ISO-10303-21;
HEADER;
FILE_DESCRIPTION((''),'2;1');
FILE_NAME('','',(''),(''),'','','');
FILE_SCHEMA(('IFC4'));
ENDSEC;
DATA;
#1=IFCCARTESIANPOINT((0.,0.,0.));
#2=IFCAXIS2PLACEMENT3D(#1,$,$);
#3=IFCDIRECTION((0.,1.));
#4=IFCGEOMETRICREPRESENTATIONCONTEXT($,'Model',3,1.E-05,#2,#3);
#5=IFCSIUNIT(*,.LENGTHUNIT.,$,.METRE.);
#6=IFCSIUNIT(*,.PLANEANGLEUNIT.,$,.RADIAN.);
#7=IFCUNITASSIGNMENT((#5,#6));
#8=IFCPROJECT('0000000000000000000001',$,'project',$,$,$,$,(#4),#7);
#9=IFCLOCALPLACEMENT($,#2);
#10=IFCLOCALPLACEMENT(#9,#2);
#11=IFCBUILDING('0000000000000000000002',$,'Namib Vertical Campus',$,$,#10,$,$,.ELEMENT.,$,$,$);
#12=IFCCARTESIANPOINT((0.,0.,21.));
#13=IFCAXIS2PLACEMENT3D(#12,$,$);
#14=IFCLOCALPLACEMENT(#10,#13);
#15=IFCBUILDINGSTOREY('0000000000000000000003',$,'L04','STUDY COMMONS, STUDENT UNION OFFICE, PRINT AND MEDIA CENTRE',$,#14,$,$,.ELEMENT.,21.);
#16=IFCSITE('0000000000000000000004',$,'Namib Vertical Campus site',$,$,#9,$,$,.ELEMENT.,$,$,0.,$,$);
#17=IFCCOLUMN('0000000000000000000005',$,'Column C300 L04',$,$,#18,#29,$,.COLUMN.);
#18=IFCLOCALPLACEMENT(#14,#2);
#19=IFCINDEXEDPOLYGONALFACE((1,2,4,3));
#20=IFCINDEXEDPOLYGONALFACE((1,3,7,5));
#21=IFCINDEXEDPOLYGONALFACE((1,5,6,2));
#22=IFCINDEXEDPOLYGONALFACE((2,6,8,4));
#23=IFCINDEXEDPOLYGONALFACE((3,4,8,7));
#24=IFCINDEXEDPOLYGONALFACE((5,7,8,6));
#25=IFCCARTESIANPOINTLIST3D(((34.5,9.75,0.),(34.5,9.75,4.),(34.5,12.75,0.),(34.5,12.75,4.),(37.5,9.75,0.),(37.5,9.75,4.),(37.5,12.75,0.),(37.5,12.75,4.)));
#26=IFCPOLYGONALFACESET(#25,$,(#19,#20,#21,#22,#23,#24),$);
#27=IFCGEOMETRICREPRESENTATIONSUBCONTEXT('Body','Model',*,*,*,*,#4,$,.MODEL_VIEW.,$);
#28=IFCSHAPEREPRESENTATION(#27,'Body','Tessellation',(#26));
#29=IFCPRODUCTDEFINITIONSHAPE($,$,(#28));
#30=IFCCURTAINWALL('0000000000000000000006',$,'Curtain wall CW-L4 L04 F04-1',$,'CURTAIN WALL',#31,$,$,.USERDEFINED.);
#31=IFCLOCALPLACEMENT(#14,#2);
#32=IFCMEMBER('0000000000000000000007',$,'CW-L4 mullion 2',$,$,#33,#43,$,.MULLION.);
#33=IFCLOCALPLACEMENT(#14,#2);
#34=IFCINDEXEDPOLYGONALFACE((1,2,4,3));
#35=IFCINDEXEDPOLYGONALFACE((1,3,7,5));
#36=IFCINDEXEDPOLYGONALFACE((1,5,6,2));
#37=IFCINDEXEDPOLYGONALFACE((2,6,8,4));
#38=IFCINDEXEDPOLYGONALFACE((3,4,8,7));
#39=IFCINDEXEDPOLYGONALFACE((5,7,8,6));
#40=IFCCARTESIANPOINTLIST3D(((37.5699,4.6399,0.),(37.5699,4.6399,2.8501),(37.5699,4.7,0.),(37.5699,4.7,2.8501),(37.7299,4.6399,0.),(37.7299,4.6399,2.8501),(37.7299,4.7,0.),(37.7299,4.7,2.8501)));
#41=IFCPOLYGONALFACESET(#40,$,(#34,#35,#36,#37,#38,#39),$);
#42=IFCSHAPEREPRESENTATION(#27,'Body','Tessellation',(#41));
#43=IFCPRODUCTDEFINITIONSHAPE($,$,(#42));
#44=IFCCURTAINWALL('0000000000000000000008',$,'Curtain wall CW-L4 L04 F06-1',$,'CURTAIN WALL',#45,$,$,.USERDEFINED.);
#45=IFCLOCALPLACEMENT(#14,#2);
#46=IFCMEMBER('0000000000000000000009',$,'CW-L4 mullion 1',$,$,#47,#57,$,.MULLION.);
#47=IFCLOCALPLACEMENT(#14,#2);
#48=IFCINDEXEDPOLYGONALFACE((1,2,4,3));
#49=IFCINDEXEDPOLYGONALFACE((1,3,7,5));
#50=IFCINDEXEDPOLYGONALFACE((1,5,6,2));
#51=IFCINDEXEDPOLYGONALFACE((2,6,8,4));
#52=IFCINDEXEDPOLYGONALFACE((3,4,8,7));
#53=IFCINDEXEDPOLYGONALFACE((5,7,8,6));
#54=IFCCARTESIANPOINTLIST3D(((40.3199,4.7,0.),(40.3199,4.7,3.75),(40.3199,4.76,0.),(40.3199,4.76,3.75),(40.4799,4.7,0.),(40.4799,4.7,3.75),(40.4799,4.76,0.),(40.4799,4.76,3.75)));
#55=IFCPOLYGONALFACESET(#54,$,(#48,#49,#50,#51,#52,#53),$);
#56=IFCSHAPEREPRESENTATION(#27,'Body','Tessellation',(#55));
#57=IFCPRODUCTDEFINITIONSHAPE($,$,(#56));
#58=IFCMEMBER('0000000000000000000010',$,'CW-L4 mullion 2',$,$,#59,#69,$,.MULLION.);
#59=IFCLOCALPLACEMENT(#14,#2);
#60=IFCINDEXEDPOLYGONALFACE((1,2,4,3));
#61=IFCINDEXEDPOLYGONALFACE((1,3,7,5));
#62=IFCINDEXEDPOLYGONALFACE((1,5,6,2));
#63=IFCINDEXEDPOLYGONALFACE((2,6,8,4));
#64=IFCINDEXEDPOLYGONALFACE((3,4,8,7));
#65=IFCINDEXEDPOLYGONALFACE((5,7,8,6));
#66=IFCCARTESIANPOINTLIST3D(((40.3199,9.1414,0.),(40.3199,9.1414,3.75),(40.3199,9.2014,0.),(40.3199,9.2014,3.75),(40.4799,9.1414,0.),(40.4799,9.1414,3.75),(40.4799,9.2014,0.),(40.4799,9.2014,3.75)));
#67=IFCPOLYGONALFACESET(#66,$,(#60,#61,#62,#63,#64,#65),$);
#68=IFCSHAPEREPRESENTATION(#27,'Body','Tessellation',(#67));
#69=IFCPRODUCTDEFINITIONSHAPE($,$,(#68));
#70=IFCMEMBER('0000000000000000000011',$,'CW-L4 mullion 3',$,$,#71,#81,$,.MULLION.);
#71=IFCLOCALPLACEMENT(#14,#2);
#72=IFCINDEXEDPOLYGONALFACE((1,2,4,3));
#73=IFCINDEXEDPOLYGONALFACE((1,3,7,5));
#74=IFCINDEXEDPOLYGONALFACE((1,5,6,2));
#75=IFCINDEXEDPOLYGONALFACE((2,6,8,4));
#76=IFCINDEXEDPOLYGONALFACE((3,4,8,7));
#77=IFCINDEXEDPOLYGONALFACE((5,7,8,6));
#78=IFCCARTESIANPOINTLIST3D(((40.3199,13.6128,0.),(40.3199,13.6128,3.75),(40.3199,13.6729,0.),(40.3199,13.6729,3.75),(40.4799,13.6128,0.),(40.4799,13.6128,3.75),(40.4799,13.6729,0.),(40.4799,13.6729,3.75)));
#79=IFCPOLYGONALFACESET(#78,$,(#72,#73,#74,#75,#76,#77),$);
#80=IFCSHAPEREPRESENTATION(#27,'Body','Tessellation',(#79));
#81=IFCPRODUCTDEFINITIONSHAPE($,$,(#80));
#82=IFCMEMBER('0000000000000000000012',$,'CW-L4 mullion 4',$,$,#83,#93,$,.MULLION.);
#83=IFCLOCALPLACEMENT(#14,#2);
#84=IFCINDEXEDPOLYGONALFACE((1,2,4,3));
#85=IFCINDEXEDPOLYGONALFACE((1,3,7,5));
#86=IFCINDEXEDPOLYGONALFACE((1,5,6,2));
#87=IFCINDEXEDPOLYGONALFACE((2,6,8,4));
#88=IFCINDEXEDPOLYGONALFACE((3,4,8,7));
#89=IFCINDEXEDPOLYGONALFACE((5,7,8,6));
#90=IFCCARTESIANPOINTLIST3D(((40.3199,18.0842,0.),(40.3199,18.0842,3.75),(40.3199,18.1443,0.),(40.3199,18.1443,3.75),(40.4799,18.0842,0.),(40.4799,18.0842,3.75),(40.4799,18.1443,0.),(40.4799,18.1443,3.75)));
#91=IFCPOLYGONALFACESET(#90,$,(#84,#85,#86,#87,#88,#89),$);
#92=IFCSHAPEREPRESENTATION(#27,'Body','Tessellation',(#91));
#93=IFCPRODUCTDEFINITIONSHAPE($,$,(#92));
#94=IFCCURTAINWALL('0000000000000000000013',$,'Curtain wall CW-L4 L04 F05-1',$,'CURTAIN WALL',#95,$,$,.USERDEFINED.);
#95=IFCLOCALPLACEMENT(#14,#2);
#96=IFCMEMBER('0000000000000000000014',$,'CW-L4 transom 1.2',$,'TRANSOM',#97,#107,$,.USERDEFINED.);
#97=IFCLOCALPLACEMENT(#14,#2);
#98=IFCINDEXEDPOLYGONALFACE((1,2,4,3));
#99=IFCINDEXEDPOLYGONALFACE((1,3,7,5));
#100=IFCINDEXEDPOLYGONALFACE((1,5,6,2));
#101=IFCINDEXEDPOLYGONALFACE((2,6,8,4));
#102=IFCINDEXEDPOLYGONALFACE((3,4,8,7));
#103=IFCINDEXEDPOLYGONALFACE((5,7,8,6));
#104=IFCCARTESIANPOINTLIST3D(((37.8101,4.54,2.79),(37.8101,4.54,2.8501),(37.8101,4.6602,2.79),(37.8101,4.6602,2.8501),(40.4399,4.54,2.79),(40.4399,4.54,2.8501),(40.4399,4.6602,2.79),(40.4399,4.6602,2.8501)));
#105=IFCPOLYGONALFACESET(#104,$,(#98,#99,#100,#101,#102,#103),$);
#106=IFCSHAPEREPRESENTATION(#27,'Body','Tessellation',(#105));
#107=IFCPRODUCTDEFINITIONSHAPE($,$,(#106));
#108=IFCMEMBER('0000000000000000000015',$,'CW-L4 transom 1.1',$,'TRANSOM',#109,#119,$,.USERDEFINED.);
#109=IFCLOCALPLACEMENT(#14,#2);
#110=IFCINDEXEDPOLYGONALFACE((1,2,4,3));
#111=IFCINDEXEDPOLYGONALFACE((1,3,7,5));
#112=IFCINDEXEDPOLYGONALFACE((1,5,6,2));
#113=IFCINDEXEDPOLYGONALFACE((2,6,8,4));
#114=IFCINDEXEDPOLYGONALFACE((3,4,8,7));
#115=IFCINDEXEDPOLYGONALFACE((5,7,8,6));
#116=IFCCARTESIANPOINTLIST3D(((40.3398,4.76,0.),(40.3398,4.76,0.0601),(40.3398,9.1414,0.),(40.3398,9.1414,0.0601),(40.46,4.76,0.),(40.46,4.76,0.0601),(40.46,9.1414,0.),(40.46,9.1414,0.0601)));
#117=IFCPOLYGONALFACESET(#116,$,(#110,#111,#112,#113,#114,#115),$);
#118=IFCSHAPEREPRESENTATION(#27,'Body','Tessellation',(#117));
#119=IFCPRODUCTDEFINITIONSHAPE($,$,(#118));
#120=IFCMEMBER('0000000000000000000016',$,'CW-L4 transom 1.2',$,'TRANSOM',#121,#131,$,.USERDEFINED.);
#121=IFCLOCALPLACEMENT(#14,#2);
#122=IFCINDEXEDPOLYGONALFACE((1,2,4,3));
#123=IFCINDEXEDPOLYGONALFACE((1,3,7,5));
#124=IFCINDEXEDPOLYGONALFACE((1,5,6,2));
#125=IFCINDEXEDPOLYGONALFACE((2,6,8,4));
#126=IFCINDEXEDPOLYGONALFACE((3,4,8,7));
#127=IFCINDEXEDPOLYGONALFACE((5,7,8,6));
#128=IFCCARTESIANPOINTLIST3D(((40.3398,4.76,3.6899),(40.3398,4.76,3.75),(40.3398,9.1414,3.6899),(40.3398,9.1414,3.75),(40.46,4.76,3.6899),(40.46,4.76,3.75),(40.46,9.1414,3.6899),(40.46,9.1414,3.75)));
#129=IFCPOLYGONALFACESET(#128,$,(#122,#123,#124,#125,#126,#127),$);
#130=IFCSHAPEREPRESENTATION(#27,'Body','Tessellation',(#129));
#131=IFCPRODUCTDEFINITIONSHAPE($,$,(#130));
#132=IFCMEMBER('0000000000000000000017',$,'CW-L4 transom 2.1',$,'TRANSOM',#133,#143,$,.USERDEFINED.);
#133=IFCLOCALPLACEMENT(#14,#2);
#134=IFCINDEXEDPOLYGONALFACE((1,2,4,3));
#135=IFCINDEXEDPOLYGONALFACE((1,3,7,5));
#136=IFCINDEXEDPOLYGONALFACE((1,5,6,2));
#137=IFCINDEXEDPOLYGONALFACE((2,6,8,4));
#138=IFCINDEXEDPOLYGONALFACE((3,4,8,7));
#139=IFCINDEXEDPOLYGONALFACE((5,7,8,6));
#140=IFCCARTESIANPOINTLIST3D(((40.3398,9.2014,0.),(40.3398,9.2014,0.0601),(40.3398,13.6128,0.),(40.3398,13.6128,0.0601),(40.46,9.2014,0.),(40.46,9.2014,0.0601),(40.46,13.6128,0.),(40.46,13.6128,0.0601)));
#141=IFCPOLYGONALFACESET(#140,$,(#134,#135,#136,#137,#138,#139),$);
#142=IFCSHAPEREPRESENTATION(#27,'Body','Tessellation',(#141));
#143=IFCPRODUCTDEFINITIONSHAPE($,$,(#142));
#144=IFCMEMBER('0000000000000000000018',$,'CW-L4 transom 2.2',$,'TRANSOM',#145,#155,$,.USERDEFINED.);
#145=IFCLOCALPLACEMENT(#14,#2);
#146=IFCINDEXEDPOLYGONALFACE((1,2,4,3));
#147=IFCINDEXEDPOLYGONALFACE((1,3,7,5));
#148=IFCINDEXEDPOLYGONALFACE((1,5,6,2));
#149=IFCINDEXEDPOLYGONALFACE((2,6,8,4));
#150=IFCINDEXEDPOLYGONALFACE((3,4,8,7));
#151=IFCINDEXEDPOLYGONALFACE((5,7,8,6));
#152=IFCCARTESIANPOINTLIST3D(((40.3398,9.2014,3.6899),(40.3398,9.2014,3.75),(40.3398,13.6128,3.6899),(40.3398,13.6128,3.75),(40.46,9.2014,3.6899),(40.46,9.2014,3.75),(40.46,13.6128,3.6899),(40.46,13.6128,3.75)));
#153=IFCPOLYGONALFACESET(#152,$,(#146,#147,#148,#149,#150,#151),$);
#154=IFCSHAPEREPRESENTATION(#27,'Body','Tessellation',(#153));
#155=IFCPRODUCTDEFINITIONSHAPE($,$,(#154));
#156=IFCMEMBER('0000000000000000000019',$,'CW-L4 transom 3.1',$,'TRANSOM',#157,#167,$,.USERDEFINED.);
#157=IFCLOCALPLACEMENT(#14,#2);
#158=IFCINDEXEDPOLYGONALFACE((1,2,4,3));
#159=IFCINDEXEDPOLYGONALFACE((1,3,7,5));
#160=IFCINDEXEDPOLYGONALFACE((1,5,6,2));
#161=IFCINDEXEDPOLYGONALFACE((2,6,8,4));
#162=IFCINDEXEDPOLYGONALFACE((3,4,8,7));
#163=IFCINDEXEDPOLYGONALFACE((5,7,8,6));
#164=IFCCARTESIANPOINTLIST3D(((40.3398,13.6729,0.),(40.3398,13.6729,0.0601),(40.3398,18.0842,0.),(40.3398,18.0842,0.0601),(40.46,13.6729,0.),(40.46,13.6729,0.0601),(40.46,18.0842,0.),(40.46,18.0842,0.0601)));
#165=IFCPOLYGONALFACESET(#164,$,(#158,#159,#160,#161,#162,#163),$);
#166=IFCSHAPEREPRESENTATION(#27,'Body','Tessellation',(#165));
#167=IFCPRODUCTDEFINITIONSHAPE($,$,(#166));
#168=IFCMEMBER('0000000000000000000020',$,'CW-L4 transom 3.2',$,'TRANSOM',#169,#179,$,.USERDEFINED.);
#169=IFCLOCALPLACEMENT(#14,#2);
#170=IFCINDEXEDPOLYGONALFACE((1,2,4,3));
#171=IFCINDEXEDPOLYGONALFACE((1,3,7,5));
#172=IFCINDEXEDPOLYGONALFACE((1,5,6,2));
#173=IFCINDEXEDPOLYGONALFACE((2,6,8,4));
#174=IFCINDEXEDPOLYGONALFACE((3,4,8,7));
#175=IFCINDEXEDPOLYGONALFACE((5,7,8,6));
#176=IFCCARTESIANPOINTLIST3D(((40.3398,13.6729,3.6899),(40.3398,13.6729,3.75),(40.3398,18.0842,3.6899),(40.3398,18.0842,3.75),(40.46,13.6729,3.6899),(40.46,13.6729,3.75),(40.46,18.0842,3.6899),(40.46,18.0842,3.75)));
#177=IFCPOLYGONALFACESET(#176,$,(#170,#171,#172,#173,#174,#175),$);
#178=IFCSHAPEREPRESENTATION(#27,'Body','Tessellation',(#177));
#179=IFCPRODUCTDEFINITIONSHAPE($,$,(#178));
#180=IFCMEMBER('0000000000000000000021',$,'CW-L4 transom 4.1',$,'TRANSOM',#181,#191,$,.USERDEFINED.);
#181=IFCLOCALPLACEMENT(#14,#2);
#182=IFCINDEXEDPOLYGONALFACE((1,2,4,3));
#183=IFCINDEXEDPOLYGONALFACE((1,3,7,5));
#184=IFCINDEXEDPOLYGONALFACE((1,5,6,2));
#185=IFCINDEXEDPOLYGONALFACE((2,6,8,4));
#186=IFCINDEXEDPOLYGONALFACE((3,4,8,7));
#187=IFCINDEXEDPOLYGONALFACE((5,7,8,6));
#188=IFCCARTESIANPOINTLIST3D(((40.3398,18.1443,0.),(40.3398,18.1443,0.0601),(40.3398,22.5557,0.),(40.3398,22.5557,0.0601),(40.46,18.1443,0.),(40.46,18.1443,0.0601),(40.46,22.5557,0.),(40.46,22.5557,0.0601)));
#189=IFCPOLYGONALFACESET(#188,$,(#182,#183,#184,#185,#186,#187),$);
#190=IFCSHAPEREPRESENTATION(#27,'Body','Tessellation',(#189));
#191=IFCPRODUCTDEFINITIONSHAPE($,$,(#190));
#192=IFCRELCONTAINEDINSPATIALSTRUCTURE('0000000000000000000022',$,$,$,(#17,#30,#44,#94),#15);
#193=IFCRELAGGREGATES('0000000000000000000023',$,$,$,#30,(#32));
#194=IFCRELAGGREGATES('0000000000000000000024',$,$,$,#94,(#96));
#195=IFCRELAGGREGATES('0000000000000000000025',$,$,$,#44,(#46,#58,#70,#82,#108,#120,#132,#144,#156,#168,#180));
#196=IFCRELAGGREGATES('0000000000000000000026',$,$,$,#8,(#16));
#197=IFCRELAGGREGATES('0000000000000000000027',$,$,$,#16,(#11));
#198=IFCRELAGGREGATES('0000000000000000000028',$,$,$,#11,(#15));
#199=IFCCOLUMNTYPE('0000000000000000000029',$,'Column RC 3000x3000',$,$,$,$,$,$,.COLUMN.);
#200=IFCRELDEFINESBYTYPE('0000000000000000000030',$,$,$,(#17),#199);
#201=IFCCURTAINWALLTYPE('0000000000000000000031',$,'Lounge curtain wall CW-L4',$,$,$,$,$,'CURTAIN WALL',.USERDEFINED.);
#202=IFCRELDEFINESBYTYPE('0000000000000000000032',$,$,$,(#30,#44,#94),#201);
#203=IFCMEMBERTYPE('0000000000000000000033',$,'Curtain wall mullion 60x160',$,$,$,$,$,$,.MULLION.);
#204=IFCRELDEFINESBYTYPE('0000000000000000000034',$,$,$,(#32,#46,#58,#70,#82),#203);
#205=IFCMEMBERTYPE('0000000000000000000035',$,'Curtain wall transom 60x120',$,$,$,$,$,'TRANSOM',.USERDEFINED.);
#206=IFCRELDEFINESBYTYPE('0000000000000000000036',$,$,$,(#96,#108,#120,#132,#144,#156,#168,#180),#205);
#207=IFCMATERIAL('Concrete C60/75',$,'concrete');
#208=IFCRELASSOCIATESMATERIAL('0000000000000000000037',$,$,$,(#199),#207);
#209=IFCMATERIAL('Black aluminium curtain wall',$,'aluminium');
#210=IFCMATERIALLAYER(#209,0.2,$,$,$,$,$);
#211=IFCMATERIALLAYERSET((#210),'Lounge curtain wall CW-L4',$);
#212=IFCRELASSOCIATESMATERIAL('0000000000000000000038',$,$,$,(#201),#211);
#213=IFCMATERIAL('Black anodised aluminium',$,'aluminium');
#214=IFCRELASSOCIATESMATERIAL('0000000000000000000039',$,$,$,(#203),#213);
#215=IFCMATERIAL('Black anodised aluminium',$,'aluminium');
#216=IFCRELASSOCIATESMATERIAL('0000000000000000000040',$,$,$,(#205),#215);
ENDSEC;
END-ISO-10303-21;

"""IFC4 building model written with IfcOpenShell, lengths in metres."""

from ifc_helpers import new_model, si_unit, direction, frame, origin, origin_2d, place, context, subcontext, project, spatial, rectangle, extrude, material, layer, layer_set, material_profile, profile_set, type_object, element, aggregate, save


model = new_model("IFC4")

# Units and contexts
model_context = context("Model", 3, precision=1e-05, world=origin(), true_north=direction((0.0, 1.0)))
body_context = subcontext(model_context, "Body", "Model", "MODEL_VIEW")
ifc_project = project(units=[si_unit("LENGTHUNIT", "METRE"), si_unit("PLANEANGLEUNIT", "RADIAN")], contexts=[model_context])

# Site, building, storey
site_placement = place(None, origin())
site = spatial("IfcSite", under=ifc_project, at=site_placement, Name="Namib Vertical Campus site", CompositionType="ELEMENT", RefElevation=0.0)
building_placement = place(site_placement, origin())
building = spatial("IfcBuilding", under=site, at=building_placement, Name="Namib Vertical Campus", CompositionType="ELEMENT")
storey_placement = place(building_placement, frame((0.0, 0.0, 21.0)))
storey = spatial("IfcBuildingStorey", under=building, at=storey_placement, Name="L04", Description="STUDY COMMONS, STUDENT UNION OFFICE, PRINT AND MEDIA CENTRE", CompositionType="ELEMENT", Elevation=21.0)

# Column
ifc_material_1 = material(Name="Concrete C60/75", Category="concrete")
ifc_material_profile_1 = material_profile(ifc_material_1, rectangle(XDim=3.0, YDim=3.0, at=origin_2d()))
ifc_profile_set_1 = profile_set([ifc_material_profile_1], Name="Concrete C60/75")
column_type = type_object("IfcColumnType", Name="Column RC 3000x3000", PredefinedType="COLUMN", material=ifc_profile_set_1)
column_placement = place(storey_placement, frame((36.0, 11.25, 0.0), z_axis=(0.0, 0.0, 1.0), x_axis=(1.0, 0.0, 0.0)))
element("IfcColumn", 1, at=column_placement, inside=storey, type_object=column_type, Name="Column C300 L04", PredefinedType="COLUMN", context=body_context, shape_type="SweptSolid", body=[
    extrude(rectangle(XDim=3.0, YDim=3.0, at=origin_2d()), origin(), (0.0, 0.0, 1.0), 4.0),
])

# Curtain wall, member
ifc_material_2 = material(Name="Black aluminium curtain wall", Category="aluminium")
ifc_layer_1 = layer(ifc_material_2, 0.2)
ifc_layer_set_1 = layer_set([ifc_layer_1], Name="Lounge curtain wall CW-L4")
curtain_wall_type = type_object("IfcCurtainWallType", Name="Lounge curtain wall CW-L4", ElementType="CURTAIN WALL", PredefinedType="USERDEFINED", material=ifc_layer_set_1)
curtain_wall_1_placement = place(storey_placement, origin())
curtain_wall_1 = element("IfcCurtainWall", 2, at=curtain_wall_1_placement, inside=storey, type_object=curtain_wall_type, Name="Curtain wall CW-L4 L04 F04-1", ObjectType="CURTAIN WALL", PredefinedType="USERDEFINED")
ifc_material_3 = material(Name="Black anodised aluminium", Category="aluminium")
ifc_material_profile_2 = material_profile(ifc_material_3, rectangle(XDim=0.0601, YDim=0.1599, at=origin_2d()))
ifc_profile_set_2 = profile_set([ifc_material_profile_2], Name="Black anodised aluminium")
member_type_1 = type_object("IfcMemberType", Name="Curtain wall mullion 60x160", PredefinedType="MULLION", material=ifc_profile_set_2)
member_1_placement = place(storey_placement, frame((37.6499, 4.6699, 0.0), z_axis=(0.0, 0.0, 1.0), x_axis=(0.0, 1.0, 0.0)))
member_1 = element("IfcMember", 3, at=member_1_placement, type_object=member_type_1, Name="CW-L4 mullion 2", PredefinedType="MULLION", context=body_context, shape_type="SweptSolid", body=[
    extrude(rectangle(XDim=0.0601, YDim=0.1599, at=origin_2d()), origin(), (0.0, 0.0, 1.0), 2.8501),
])
aggregate(curtain_wall_1, [member_1])

# Curtain wall, members
curtain_wall_2_placement = place(storey_placement, origin())
curtain_wall_2 = element("IfcCurtainWall", 4, at=curtain_wall_2_placement, inside=storey, type_object=curtain_wall_type, Name="Curtain wall CW-L4 L04 F06-1", ObjectType="CURTAIN WALL", PredefinedType="USERDEFINED")
member_2_placement = place(storey_placement, frame((40.3999, 4.73, 0.0), z_axis=(0.0, 0.0, 1.0), x_axis=(0.0, 1.0, 0.0)))
member_2 = element("IfcMember", 5, at=member_2_placement, type_object=member_type_1, Name="CW-L4 mullion 1", PredefinedType="MULLION", context=body_context, shape_type="SweptSolid", body=[
    extrude(rectangle(XDim=0.0601, YDim=0.1599, at=origin_2d()), origin(), (0.0, 0.0, 1.0), 3.75),
])
member_3_placement = place(storey_placement, frame((40.3999, 9.1714, 0.0), z_axis=(0.0, 0.0, 1.0), x_axis=(0.0, 1.0, 0.0)))
member_3 = element("IfcMember", 6, at=member_3_placement, type_object=member_type_1, Name="CW-L4 mullion 2", PredefinedType="MULLION", context=body_context, shape_type="SweptSolid", body=[
    extrude(rectangle(XDim=0.0601, YDim=0.1599, at=origin_2d()), origin(), (0.0, 0.0, 1.0), 3.75),
])
member_4_placement = place(storey_placement, frame((40.3999, 13.6428, 0.0), z_axis=(0.0, 0.0, 1.0), x_axis=(0.0, 1.0, 0.0)))
member_4 = element("IfcMember", 7, at=member_4_placement, type_object=member_type_1, Name="CW-L4 mullion 3", PredefinedType="MULLION", context=body_context, shape_type="SweptSolid", body=[
    extrude(rectangle(XDim=0.0601, YDim=0.1599, at=origin_2d()), origin(), (0.0, 0.0, 1.0), 3.75),
])
member_5_placement = place(storey_placement, frame((40.3999, 18.1143, 0.0), z_axis=(0.0, 0.0, 1.0), x_axis=(0.0, 1.0, 0.0)))
member_5 = element("IfcMember", 8, at=member_5_placement, type_object=member_type_1, Name="CW-L4 mullion 4", PredefinedType="MULLION", context=body_context, shape_type="SweptSolid", body=[
    extrude(rectangle(XDim=0.0601, YDim=0.1599, at=origin_2d()), origin(), (0.0, 0.0, 1.0), 3.75),
])

# Curtain wall, member
curtain_wall_3_placement = place(storey_placement, origin())
curtain_wall_3 = element("IfcCurtainWall", 9, at=curtain_wall_3_placement, inside=storey, type_object=curtain_wall_type, Name="Curtain wall CW-L4 L04 F05-1", ObjectType="CURTAIN WALL", PredefinedType="USERDEFINED")
ifc_material_4 = material(Name="Black anodised aluminium", Category="aluminium")
ifc_material_profile_3 = material_profile(ifc_material_4, rectangle(XDim=0.0601, YDim=0.1201, at=origin_2d()))
ifc_profile_set_3 = profile_set([ifc_material_profile_3], Name="Black anodised aluminium")
member_type_2 = type_object("IfcMemberType", Name="Curtain wall transom 60x120", ElementType="TRANSOM", PredefinedType="USERDEFINED", material=ifc_profile_set_3)
member_6_placement = place(storey_placement, frame((37.8101, 4.6001, 2.8201), z_axis=(1.0, 0.0, 0.0), x_axis=(0.0, 0.0, 1.0)))
member_6 = element("IfcMember", 10, at=member_6_placement, type_object=member_type_2, Name="CW-L4 transom 1.2", ObjectType="TRANSOM", PredefinedType="USERDEFINED", context=body_context, shape_type="SweptSolid", body=[
    extrude(rectangle(XDim=0.0601, YDim=0.1201, at=origin_2d()), origin(), (0.0, 0.0, 1.0), 2.6299),
])

# Members
member_7_placement = place(storey_placement, frame((40.3999, 4.76, 0.03), z_axis=(0.0, 1.0, 0.0), x_axis=(0.0, 0.0, 1.0)))
member_7 = element("IfcMember", 11, at=member_7_placement, type_object=member_type_2, Name="CW-L4 transom 1.1", ObjectType="TRANSOM", PredefinedType="USERDEFINED", context=body_context, shape_type="SweptSolid", body=[
    extrude(rectangle(XDim=0.0601, YDim=0.1201, at=origin_2d()), origin(), (0.0, 0.0, 1.0), 4.3813),
])
member_8_placement = place(storey_placement, frame((40.3999, 4.76, 3.72), z_axis=(0.0, 1.0, 0.0), x_axis=(0.0, 0.0, 1.0)))
member_8 = element("IfcMember", 12, at=member_8_placement, type_object=member_type_2, Name="CW-L4 transom 1.2", ObjectType="TRANSOM", PredefinedType="USERDEFINED", context=body_context, shape_type="SweptSolid", body=[
    extrude(rectangle(XDim=0.0601, YDim=0.1201, at=origin_2d()), origin(), (0.0, 0.0, 1.0), 4.3813),
])
member_9_placement = place(storey_placement, frame((40.3999, 9.2014, 0.03), z_axis=(0.0, 1.0, 0.0), x_axis=(0.0, 0.0, 1.0)))
member_9 = element("IfcMember", 13, at=member_9_placement, type_object=member_type_2, Name="CW-L4 transom 2.1", ObjectType="TRANSOM", PredefinedType="USERDEFINED", context=body_context, shape_type="SweptSolid", body=[
    extrude(rectangle(XDim=0.0601, YDim=0.1201, at=origin_2d()), origin(), (0.0, 0.0, 1.0), 4.4114),
])
member_10_placement = place(storey_placement, frame((40.3999, 9.2014, 3.72), z_axis=(0.0, 1.0, 0.0), x_axis=(0.0, 0.0, 1.0)))
member_10 = element("IfcMember", 14, at=member_10_placement, type_object=member_type_2, Name="CW-L4 transom 2.2", ObjectType="TRANSOM", PredefinedType="USERDEFINED", context=body_context, shape_type="SweptSolid", body=[
    extrude(rectangle(XDim=0.0601, YDim=0.1201, at=origin_2d()), origin(), (0.0, 0.0, 1.0), 4.4114),
])
member_11_placement = place(storey_placement, frame((40.3999, 13.6729, 0.03), z_axis=(0.0, 1.0, 0.0), x_axis=(0.0, 0.0, 1.0)))
member_11 = element("IfcMember", 15, at=member_11_placement, type_object=member_type_2, Name="CW-L4 transom 3.1", ObjectType="TRANSOM", PredefinedType="USERDEFINED", context=body_context, shape_type="SweptSolid", body=[
    extrude(rectangle(XDim=0.0601, YDim=0.1201, at=origin_2d()), origin(), (0.0, 0.0, 1.0), 4.4114),
])
member_12_placement = place(storey_placement, frame((40.3999, 13.6729, 3.72), z_axis=(0.0, 1.0, 0.0), x_axis=(0.0, 0.0, 1.0)))
member_12 = element("IfcMember", 16, at=member_12_placement, type_object=member_type_2, Name="CW-L4 transom 3.2", ObjectType="TRANSOM", PredefinedType="USERDEFINED", context=body_context, shape_type="SweptSolid", body=[
    extrude(rectangle(XDim=0.0601, YDim=0.1201, at=origin_2d()), origin(), (0.0, 0.0, 1.0), 4.4114),
])
member_13_placement = place(storey_placement, frame((40.3999, 18.1443, 0.03), z_axis=(0.0, 1.0, 0.0), x_axis=(0.0, 0.0, 1.0)))
member_13 = element("IfcMember", 17, at=member_13_placement, type_object=member_type_2, Name="CW-L4 transom 4.1", ObjectType="TRANSOM", PredefinedType="USERDEFINED", context=body_context, shape_type="SweptSolid", body=[
    extrude(rectangle(XDim=0.0601, YDim=0.1201, at=origin_2d()), origin(), (0.0, 0.0, 1.0), 4.4114),
])

aggregate(curtain_wall_3, [member_6])
aggregate(curtain_wall_2, [member_2, member_3, member_4, member_5, member_7, member_8, member_9, member_10, member_11, member_12, member_13])

save(model, "model.ifc")
